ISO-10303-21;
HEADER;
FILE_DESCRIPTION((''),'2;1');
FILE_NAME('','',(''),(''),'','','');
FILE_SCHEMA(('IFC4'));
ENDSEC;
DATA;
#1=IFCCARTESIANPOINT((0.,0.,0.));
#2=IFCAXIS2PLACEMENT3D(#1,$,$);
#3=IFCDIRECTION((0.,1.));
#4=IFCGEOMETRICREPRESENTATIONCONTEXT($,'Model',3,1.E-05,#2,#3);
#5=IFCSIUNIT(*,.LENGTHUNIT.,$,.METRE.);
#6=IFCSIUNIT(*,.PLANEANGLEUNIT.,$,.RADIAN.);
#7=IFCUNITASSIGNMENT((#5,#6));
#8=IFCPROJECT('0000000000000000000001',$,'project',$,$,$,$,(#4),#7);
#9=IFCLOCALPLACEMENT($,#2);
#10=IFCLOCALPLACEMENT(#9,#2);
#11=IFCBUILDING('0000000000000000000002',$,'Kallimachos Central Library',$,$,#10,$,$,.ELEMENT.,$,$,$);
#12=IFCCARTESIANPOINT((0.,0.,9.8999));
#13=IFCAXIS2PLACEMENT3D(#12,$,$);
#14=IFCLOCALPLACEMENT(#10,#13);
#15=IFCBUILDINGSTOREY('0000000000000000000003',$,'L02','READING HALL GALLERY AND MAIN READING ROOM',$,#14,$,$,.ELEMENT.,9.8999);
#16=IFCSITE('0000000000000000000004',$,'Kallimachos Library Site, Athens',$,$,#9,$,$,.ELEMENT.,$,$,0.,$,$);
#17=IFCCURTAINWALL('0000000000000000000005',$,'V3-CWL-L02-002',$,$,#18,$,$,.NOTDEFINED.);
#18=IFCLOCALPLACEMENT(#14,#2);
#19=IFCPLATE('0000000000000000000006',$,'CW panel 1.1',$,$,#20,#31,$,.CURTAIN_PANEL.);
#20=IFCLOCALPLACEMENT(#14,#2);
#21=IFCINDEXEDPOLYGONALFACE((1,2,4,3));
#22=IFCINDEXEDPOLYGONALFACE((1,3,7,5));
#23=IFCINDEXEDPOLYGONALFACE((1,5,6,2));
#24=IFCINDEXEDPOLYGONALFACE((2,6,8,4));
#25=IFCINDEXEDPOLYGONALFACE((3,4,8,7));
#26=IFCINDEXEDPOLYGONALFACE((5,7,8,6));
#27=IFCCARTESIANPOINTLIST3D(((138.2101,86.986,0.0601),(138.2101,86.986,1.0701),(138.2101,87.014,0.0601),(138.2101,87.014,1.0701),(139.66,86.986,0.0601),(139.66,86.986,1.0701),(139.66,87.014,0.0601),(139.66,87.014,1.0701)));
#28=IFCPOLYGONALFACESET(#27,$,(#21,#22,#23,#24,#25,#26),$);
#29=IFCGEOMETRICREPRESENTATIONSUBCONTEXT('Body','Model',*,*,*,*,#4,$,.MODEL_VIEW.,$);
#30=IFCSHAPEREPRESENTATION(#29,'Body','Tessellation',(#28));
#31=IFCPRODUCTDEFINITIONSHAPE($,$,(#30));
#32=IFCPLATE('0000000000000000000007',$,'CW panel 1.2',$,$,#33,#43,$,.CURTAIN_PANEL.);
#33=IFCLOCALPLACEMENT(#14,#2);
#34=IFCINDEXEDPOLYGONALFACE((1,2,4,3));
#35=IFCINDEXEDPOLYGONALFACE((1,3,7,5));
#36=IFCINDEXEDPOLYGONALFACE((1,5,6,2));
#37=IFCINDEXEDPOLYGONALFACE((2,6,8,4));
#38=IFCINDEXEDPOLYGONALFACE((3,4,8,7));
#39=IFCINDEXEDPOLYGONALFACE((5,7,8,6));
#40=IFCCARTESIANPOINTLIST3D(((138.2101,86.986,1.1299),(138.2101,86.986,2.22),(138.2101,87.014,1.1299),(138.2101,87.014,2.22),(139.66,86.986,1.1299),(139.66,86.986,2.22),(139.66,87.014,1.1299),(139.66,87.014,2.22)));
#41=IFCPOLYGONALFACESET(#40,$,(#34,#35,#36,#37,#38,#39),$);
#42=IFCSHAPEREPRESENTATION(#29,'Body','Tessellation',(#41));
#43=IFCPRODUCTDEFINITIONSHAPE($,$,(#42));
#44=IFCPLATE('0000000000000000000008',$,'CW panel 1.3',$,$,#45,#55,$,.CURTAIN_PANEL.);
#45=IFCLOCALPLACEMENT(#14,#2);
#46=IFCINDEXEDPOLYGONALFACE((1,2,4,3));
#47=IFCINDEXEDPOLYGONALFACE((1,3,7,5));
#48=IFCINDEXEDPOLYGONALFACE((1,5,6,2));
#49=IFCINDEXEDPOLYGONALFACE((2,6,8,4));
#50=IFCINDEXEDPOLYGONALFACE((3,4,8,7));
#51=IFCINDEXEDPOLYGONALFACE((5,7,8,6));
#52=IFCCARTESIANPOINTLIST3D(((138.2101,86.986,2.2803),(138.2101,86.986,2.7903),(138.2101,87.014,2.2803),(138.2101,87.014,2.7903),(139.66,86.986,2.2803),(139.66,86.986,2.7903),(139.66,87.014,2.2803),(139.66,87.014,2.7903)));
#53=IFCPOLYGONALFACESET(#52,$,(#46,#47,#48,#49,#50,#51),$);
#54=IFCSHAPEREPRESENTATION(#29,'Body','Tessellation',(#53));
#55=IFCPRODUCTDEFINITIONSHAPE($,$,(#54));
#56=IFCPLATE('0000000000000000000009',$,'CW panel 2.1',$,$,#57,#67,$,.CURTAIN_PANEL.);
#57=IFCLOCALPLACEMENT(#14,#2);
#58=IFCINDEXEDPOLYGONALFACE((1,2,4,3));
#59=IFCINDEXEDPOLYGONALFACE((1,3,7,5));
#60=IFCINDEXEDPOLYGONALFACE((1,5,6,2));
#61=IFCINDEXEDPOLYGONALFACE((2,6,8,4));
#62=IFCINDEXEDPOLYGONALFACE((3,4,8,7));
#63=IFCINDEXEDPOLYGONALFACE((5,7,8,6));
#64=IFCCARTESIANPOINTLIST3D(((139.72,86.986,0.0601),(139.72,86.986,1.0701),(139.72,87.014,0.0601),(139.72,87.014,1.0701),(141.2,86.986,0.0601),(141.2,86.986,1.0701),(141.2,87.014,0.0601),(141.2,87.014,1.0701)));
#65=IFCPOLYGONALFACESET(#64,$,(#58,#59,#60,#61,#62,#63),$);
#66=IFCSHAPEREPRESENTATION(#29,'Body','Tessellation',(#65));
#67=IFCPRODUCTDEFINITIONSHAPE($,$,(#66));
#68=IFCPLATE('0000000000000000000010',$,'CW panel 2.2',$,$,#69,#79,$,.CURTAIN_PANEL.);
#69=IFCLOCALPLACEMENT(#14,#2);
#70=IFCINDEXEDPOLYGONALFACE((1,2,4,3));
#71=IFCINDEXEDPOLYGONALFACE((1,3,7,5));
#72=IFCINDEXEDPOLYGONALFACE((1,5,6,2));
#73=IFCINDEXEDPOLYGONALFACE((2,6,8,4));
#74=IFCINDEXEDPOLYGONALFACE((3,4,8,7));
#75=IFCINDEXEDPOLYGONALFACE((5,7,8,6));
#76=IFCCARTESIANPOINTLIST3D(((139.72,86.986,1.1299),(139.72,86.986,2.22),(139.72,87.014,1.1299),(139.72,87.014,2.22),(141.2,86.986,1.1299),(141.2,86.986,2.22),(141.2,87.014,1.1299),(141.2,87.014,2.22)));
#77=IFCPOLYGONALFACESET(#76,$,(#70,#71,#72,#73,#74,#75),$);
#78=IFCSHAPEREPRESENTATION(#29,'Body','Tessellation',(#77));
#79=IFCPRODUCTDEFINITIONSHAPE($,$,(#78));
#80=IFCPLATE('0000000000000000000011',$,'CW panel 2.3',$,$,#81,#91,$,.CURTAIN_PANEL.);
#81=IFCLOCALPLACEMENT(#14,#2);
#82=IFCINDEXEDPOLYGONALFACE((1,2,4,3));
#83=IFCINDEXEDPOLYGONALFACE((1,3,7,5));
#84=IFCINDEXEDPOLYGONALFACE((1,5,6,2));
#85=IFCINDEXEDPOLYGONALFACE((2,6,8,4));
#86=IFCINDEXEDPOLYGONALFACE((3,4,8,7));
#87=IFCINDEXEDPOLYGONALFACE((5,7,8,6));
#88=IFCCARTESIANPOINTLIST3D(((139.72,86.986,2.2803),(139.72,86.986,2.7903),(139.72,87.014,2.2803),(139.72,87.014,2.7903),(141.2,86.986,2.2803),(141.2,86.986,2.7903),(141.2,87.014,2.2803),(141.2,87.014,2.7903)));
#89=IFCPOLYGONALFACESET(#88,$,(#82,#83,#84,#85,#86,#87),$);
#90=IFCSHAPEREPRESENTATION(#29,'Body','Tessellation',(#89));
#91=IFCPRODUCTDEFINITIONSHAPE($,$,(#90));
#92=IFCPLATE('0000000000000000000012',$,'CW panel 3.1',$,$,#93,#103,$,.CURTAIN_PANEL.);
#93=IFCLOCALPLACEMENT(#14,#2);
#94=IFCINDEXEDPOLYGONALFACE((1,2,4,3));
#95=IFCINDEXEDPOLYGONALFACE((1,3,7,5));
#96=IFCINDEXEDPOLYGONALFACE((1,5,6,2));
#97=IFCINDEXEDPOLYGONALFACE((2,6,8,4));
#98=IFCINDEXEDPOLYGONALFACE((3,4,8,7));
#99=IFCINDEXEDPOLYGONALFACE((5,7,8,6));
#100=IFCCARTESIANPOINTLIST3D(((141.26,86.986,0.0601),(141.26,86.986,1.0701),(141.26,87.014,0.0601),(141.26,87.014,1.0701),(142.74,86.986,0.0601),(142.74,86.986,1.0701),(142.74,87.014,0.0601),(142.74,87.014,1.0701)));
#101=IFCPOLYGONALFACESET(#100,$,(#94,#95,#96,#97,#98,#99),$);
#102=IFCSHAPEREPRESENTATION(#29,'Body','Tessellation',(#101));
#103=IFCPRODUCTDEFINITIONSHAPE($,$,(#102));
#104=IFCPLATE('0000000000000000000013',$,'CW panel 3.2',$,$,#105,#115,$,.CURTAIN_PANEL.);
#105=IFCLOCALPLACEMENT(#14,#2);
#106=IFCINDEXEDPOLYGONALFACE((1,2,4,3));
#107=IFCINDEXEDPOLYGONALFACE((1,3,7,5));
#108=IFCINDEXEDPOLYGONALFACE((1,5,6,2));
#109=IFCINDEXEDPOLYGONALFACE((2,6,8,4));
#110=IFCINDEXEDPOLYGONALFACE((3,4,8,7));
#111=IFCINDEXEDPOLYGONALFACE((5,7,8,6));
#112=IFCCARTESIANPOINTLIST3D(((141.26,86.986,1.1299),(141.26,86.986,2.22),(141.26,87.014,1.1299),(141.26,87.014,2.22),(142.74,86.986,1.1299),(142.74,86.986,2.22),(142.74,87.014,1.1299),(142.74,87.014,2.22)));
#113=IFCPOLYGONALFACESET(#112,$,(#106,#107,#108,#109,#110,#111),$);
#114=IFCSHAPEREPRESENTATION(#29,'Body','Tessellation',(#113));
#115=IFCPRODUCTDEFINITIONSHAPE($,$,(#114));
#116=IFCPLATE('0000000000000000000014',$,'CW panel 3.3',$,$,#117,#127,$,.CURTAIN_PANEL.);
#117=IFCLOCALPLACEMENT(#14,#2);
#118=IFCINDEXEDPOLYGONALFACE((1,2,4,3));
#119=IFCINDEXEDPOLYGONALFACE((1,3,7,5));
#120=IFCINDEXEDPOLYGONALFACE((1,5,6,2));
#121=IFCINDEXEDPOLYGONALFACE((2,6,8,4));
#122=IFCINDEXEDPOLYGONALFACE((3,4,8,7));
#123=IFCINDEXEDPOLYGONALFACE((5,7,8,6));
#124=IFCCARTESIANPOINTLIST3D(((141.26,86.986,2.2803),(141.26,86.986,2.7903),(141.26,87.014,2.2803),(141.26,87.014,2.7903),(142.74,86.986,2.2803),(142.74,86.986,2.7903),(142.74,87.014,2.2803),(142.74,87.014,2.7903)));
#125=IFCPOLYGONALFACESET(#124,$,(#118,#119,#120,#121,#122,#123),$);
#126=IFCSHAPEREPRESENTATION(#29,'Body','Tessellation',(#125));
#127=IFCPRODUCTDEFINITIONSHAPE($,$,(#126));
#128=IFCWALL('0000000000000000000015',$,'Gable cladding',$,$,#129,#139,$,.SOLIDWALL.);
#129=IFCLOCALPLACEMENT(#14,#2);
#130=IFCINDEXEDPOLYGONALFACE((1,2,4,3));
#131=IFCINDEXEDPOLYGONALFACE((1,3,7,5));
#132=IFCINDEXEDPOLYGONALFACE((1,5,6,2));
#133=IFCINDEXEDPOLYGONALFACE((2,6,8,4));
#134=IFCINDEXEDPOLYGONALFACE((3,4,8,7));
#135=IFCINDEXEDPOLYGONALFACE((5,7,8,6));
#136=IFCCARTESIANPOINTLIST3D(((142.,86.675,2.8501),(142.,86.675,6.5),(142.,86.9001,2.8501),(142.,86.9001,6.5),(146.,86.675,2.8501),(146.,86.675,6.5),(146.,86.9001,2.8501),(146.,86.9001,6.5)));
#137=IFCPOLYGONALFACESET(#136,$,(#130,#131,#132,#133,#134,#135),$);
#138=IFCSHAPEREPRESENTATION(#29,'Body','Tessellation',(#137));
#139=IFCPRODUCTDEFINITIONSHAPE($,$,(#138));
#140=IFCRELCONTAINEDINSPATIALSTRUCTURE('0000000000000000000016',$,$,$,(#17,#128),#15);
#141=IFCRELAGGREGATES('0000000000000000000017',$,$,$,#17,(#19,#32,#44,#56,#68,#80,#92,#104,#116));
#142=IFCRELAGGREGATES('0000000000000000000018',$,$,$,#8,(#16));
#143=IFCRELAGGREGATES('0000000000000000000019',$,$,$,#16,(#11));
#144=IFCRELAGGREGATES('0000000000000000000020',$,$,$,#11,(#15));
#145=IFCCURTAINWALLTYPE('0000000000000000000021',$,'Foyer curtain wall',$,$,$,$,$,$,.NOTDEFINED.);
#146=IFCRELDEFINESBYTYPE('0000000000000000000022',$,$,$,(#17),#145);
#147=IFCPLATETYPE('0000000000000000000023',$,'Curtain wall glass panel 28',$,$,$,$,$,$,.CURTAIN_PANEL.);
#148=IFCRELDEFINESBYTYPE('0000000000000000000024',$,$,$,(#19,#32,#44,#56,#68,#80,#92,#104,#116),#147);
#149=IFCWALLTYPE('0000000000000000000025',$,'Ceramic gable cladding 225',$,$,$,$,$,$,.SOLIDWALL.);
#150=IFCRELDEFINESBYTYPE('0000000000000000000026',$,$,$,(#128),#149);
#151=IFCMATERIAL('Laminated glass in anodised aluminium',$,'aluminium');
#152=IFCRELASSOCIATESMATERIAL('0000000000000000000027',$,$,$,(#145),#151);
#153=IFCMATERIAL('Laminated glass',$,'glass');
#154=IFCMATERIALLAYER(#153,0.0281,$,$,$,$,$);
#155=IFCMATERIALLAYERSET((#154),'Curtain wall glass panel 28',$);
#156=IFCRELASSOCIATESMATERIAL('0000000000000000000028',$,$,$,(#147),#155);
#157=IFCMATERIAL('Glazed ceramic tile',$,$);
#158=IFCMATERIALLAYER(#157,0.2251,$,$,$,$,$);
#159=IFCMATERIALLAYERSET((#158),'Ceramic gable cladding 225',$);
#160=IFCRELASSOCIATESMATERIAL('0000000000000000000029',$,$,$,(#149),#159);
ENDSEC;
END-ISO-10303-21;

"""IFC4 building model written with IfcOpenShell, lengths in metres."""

from ifc_helpers import new_model, si_unit, direction, frame, frame_2d, origin, origin_2d, place, context, subcontext, project, spatial, rectangle, extrude, material, layer, layer_set, type_object, element, aggregate, save


model = new_model("IFC4")

# Units and contexts
model_context = context("Model", 3, precision=1e-05, world=origin(), true_north=direction((0.0, 1.0)))
body_context = subcontext(model_context, "Body", "Model", "MODEL_VIEW")
ifc_project = project(units=[si_unit("LENGTHUNIT", "METRE"), si_unit("PLANEANGLEUNIT", "RADIAN")], contexts=[model_context])

# Site, building, storey
site_placement = place(None, origin())
site = spatial("IfcSite", under=ifc_project, at=site_placement, Name="Kallimachos Library Site, Athens", CompositionType="ELEMENT", RefElevation=0.0)
building_placement = place(site_placement, origin())
building = spatial("IfcBuilding", under=site, at=building_placement, Name="Kallimachos Central Library", CompositionType="ELEMENT")
storey_placement = place(building_placement, frame((0.0, 0.0, 9.8999)))
storey = spatial("IfcBuildingStorey", under=building, at=storey_placement, Name="L02", Description="READING HALL GALLERY AND MAIN READING ROOM", CompositionType="ELEMENT", Elevation=9.8999)

# Curtain wall
ifc_material_1 = material(Name="Laminated glass in anodised aluminium", Category="aluminium")
curtain_wall_type = type_object("IfcCurtainWallType", Name="Foyer curtain wall", PredefinedType="NOTDEFINED", material=ifc_material_1)
curtain_wall_placement = place(storey_placement, origin())
curtain_wall = element("IfcCurtainWall", 1, at=curtain_wall_placement, inside=storey, type_object=curtain_wall_type, Name="V3-CWL-L02-002", PredefinedType="NOTDEFINED")

# Plates
ifc_material_2 = material(Name="Laminated glass", Category="glass")
ifc_layer_1 = layer(ifc_material_2, 0.0281)
ifc_layer_set_1 = layer_set([ifc_layer_1], Name="Curtain wall glass panel 28")
plate_type = type_object("IfcPlateType", Name="Curtain wall glass panel 28", PredefinedType="CURTAIN_PANEL", material=ifc_layer_set_1)
plate_1_placement = place(storey_placement, frame((138.9351, 87.0, 0.0601), z_axis=(0.0, 0.0, 1.0), x_axis=(1.0, 0.0, 0.0)))
plate_1 = element("IfcPlate", 2, at=plate_1_placement, type_object=plate_type, Name="CW panel 1.1", PredefinedType="CURTAIN_PANEL", context=body_context, shape_type="SweptSolid", body=[
    extrude(rectangle(XDim=1.45, YDim=0.0281, at=origin_2d()), origin(), (0.0, 0.0, 1.0), 1.01),
])
plate_2_placement = place(storey_placement, frame((138.9351, 87.0, 1.1299), z_axis=(0.0, 0.0, 1.0), x_axis=(1.0, 0.0, 0.0)))
plate_2 = element("IfcPlate", 3, at=plate_2_placement, type_object=plate_type, Name="CW panel 1.2", PredefinedType="CURTAIN_PANEL", context=body_context, shape_type="SweptSolid", body=[
    extrude(rectangle(XDim=1.45, YDim=0.0281, at=origin_2d()), origin(), (0.0, 0.0, 1.0), 1.0901),
])
plate_3_placement = place(storey_placement, frame((138.9351, 87.0, 2.2803), z_axis=(0.0, 0.0, 1.0), x_axis=(1.0, 0.0, 0.0)))
plate_3 = element("IfcPlate", 4, at=plate_3_placement, type_object=plate_type, Name="CW panel 1.3", PredefinedType="CURTAIN_PANEL", context=body_context, shape_type="SweptSolid", body=[
    extrude(rectangle(XDim=1.45, YDim=0.0281, at=origin_2d()), origin(), (0.0, 0.0, 1.0), 0.51),
])
plate_4_placement = place(storey_placement, frame((140.46, 87.0, 0.0601), z_axis=(0.0, 0.0, 1.0), x_axis=(1.0, 0.0, 0.0)))
plate_4 = element("IfcPlate", 5, at=plate_4_placement, type_object=plate_type, Name="CW panel 2.1", PredefinedType="CURTAIN_PANEL", context=body_context, shape_type="SweptSolid", body=[
    extrude(rectangle(XDim=1.48, YDim=0.0281, at=origin_2d()), origin(), (0.0, 0.0, 1.0), 1.01),
])
plate_5_placement = place(storey_placement, frame((140.46, 87.0, 1.1299), z_axis=(0.0, 0.0, 1.0), x_axis=(1.0, 0.0, 0.0)))
plate_5 = element("IfcPlate", 6, at=plate_5_placement, type_object=plate_type, Name="CW panel 2.2", PredefinedType="CURTAIN_PANEL", context=body_context, shape_type="SweptSolid", body=[
    extrude(rectangle(XDim=1.48, YDim=0.0281, at=origin_2d()), origin(), (0.0, 0.0, 1.0), 1.0901),
])
plate_6_placement = place(storey_placement, frame((140.46, 87.0, 2.2803), z_axis=(0.0, 0.0, 1.0), x_axis=(1.0, 0.0, 0.0)))
plate_6 = element("IfcPlate", 7, at=plate_6_placement, type_object=plate_type, Name="CW panel 2.3", PredefinedType="CURTAIN_PANEL", context=body_context, shape_type="SweptSolid", body=[
    extrude(rectangle(XDim=1.48, YDim=0.0281, at=origin_2d()), origin(), (0.0, 0.0, 1.0), 0.51),
])
plate_7_placement = place(storey_placement, frame((142.0, 87.0, 0.0601), z_axis=(0.0, 0.0, 1.0), x_axis=(1.0, 0.0, 0.0)))
plate_7 = element("IfcPlate", 8, at=plate_7_placement, type_object=plate_type, Name="CW panel 3.1", PredefinedType="CURTAIN_PANEL", context=body_context, shape_type="SweptSolid", body=[
    extrude(rectangle(XDim=1.48, YDim=0.0281, at=origin_2d()), origin(), (0.0, 0.0, 1.0), 1.01),
])
plate_8_placement = place(storey_placement, frame((142.0, 87.0, 1.1299), z_axis=(0.0, 0.0, 1.0), x_axis=(1.0, 0.0, 0.0)))
plate_8 = element("IfcPlate", 9, at=plate_8_placement, type_object=plate_type, Name="CW panel 3.2", PredefinedType="CURTAIN_PANEL", context=body_context, shape_type="SweptSolid", body=[
    extrude(rectangle(XDim=1.48, YDim=0.0281, at=origin_2d()), origin(), (0.0, 0.0, 1.0), 1.0901),
])
plate_9_placement = place(storey_placement, frame((142.0, 87.0, 2.2803), z_axis=(0.0, 0.0, 1.0), x_axis=(1.0, 0.0, 0.0)))
plate_9 = element("IfcPlate", 10, at=plate_9_placement, type_object=plate_type, Name="CW panel 3.3", PredefinedType="CURTAIN_PANEL", context=body_context, shape_type="SweptSolid", body=[
    extrude(rectangle(XDim=1.48, YDim=0.0281, at=origin_2d()), origin(), (0.0, 0.0, 1.0), 0.51),
])
aggregate(curtain_wall, [plate_1, plate_2, plate_3, plate_4, plate_5, plate_6, plate_7, plate_8, plate_9])

# Wall
ifc_material_3 = material(Name="Glazed ceramic tile")
ifc_layer_2 = layer(ifc_material_3, 0.2251)
ifc_layer_set_2 = layer_set([ifc_layer_2], Name="Ceramic gable cladding 225")
wall_type = type_object("IfcWallType", Name="Ceramic gable cladding 225", PredefinedType="SOLIDWALL", material=ifc_layer_set_2)
wall_placement = place(storey_placement, frame((142.0, 86.7876, 2.8501), z_axis=(0.0, 0.0, 1.0), x_axis=(1.0, 0.0, 0.0)))
element("IfcWall", 11, at=wall_placement, inside=storey, type_object=wall_type, Name="Gable cladding", PredefinedType="SOLIDWALL", context=body_context, shape_type="SweptSolid", body=[
    extrude(rectangle(XDim=4.0, YDim=0.2251, at=frame_2d((2.0, 0.0))), origin(), (0.0, 0.0, 1.0), 3.6499),
])

save(model, "model.ifc")
